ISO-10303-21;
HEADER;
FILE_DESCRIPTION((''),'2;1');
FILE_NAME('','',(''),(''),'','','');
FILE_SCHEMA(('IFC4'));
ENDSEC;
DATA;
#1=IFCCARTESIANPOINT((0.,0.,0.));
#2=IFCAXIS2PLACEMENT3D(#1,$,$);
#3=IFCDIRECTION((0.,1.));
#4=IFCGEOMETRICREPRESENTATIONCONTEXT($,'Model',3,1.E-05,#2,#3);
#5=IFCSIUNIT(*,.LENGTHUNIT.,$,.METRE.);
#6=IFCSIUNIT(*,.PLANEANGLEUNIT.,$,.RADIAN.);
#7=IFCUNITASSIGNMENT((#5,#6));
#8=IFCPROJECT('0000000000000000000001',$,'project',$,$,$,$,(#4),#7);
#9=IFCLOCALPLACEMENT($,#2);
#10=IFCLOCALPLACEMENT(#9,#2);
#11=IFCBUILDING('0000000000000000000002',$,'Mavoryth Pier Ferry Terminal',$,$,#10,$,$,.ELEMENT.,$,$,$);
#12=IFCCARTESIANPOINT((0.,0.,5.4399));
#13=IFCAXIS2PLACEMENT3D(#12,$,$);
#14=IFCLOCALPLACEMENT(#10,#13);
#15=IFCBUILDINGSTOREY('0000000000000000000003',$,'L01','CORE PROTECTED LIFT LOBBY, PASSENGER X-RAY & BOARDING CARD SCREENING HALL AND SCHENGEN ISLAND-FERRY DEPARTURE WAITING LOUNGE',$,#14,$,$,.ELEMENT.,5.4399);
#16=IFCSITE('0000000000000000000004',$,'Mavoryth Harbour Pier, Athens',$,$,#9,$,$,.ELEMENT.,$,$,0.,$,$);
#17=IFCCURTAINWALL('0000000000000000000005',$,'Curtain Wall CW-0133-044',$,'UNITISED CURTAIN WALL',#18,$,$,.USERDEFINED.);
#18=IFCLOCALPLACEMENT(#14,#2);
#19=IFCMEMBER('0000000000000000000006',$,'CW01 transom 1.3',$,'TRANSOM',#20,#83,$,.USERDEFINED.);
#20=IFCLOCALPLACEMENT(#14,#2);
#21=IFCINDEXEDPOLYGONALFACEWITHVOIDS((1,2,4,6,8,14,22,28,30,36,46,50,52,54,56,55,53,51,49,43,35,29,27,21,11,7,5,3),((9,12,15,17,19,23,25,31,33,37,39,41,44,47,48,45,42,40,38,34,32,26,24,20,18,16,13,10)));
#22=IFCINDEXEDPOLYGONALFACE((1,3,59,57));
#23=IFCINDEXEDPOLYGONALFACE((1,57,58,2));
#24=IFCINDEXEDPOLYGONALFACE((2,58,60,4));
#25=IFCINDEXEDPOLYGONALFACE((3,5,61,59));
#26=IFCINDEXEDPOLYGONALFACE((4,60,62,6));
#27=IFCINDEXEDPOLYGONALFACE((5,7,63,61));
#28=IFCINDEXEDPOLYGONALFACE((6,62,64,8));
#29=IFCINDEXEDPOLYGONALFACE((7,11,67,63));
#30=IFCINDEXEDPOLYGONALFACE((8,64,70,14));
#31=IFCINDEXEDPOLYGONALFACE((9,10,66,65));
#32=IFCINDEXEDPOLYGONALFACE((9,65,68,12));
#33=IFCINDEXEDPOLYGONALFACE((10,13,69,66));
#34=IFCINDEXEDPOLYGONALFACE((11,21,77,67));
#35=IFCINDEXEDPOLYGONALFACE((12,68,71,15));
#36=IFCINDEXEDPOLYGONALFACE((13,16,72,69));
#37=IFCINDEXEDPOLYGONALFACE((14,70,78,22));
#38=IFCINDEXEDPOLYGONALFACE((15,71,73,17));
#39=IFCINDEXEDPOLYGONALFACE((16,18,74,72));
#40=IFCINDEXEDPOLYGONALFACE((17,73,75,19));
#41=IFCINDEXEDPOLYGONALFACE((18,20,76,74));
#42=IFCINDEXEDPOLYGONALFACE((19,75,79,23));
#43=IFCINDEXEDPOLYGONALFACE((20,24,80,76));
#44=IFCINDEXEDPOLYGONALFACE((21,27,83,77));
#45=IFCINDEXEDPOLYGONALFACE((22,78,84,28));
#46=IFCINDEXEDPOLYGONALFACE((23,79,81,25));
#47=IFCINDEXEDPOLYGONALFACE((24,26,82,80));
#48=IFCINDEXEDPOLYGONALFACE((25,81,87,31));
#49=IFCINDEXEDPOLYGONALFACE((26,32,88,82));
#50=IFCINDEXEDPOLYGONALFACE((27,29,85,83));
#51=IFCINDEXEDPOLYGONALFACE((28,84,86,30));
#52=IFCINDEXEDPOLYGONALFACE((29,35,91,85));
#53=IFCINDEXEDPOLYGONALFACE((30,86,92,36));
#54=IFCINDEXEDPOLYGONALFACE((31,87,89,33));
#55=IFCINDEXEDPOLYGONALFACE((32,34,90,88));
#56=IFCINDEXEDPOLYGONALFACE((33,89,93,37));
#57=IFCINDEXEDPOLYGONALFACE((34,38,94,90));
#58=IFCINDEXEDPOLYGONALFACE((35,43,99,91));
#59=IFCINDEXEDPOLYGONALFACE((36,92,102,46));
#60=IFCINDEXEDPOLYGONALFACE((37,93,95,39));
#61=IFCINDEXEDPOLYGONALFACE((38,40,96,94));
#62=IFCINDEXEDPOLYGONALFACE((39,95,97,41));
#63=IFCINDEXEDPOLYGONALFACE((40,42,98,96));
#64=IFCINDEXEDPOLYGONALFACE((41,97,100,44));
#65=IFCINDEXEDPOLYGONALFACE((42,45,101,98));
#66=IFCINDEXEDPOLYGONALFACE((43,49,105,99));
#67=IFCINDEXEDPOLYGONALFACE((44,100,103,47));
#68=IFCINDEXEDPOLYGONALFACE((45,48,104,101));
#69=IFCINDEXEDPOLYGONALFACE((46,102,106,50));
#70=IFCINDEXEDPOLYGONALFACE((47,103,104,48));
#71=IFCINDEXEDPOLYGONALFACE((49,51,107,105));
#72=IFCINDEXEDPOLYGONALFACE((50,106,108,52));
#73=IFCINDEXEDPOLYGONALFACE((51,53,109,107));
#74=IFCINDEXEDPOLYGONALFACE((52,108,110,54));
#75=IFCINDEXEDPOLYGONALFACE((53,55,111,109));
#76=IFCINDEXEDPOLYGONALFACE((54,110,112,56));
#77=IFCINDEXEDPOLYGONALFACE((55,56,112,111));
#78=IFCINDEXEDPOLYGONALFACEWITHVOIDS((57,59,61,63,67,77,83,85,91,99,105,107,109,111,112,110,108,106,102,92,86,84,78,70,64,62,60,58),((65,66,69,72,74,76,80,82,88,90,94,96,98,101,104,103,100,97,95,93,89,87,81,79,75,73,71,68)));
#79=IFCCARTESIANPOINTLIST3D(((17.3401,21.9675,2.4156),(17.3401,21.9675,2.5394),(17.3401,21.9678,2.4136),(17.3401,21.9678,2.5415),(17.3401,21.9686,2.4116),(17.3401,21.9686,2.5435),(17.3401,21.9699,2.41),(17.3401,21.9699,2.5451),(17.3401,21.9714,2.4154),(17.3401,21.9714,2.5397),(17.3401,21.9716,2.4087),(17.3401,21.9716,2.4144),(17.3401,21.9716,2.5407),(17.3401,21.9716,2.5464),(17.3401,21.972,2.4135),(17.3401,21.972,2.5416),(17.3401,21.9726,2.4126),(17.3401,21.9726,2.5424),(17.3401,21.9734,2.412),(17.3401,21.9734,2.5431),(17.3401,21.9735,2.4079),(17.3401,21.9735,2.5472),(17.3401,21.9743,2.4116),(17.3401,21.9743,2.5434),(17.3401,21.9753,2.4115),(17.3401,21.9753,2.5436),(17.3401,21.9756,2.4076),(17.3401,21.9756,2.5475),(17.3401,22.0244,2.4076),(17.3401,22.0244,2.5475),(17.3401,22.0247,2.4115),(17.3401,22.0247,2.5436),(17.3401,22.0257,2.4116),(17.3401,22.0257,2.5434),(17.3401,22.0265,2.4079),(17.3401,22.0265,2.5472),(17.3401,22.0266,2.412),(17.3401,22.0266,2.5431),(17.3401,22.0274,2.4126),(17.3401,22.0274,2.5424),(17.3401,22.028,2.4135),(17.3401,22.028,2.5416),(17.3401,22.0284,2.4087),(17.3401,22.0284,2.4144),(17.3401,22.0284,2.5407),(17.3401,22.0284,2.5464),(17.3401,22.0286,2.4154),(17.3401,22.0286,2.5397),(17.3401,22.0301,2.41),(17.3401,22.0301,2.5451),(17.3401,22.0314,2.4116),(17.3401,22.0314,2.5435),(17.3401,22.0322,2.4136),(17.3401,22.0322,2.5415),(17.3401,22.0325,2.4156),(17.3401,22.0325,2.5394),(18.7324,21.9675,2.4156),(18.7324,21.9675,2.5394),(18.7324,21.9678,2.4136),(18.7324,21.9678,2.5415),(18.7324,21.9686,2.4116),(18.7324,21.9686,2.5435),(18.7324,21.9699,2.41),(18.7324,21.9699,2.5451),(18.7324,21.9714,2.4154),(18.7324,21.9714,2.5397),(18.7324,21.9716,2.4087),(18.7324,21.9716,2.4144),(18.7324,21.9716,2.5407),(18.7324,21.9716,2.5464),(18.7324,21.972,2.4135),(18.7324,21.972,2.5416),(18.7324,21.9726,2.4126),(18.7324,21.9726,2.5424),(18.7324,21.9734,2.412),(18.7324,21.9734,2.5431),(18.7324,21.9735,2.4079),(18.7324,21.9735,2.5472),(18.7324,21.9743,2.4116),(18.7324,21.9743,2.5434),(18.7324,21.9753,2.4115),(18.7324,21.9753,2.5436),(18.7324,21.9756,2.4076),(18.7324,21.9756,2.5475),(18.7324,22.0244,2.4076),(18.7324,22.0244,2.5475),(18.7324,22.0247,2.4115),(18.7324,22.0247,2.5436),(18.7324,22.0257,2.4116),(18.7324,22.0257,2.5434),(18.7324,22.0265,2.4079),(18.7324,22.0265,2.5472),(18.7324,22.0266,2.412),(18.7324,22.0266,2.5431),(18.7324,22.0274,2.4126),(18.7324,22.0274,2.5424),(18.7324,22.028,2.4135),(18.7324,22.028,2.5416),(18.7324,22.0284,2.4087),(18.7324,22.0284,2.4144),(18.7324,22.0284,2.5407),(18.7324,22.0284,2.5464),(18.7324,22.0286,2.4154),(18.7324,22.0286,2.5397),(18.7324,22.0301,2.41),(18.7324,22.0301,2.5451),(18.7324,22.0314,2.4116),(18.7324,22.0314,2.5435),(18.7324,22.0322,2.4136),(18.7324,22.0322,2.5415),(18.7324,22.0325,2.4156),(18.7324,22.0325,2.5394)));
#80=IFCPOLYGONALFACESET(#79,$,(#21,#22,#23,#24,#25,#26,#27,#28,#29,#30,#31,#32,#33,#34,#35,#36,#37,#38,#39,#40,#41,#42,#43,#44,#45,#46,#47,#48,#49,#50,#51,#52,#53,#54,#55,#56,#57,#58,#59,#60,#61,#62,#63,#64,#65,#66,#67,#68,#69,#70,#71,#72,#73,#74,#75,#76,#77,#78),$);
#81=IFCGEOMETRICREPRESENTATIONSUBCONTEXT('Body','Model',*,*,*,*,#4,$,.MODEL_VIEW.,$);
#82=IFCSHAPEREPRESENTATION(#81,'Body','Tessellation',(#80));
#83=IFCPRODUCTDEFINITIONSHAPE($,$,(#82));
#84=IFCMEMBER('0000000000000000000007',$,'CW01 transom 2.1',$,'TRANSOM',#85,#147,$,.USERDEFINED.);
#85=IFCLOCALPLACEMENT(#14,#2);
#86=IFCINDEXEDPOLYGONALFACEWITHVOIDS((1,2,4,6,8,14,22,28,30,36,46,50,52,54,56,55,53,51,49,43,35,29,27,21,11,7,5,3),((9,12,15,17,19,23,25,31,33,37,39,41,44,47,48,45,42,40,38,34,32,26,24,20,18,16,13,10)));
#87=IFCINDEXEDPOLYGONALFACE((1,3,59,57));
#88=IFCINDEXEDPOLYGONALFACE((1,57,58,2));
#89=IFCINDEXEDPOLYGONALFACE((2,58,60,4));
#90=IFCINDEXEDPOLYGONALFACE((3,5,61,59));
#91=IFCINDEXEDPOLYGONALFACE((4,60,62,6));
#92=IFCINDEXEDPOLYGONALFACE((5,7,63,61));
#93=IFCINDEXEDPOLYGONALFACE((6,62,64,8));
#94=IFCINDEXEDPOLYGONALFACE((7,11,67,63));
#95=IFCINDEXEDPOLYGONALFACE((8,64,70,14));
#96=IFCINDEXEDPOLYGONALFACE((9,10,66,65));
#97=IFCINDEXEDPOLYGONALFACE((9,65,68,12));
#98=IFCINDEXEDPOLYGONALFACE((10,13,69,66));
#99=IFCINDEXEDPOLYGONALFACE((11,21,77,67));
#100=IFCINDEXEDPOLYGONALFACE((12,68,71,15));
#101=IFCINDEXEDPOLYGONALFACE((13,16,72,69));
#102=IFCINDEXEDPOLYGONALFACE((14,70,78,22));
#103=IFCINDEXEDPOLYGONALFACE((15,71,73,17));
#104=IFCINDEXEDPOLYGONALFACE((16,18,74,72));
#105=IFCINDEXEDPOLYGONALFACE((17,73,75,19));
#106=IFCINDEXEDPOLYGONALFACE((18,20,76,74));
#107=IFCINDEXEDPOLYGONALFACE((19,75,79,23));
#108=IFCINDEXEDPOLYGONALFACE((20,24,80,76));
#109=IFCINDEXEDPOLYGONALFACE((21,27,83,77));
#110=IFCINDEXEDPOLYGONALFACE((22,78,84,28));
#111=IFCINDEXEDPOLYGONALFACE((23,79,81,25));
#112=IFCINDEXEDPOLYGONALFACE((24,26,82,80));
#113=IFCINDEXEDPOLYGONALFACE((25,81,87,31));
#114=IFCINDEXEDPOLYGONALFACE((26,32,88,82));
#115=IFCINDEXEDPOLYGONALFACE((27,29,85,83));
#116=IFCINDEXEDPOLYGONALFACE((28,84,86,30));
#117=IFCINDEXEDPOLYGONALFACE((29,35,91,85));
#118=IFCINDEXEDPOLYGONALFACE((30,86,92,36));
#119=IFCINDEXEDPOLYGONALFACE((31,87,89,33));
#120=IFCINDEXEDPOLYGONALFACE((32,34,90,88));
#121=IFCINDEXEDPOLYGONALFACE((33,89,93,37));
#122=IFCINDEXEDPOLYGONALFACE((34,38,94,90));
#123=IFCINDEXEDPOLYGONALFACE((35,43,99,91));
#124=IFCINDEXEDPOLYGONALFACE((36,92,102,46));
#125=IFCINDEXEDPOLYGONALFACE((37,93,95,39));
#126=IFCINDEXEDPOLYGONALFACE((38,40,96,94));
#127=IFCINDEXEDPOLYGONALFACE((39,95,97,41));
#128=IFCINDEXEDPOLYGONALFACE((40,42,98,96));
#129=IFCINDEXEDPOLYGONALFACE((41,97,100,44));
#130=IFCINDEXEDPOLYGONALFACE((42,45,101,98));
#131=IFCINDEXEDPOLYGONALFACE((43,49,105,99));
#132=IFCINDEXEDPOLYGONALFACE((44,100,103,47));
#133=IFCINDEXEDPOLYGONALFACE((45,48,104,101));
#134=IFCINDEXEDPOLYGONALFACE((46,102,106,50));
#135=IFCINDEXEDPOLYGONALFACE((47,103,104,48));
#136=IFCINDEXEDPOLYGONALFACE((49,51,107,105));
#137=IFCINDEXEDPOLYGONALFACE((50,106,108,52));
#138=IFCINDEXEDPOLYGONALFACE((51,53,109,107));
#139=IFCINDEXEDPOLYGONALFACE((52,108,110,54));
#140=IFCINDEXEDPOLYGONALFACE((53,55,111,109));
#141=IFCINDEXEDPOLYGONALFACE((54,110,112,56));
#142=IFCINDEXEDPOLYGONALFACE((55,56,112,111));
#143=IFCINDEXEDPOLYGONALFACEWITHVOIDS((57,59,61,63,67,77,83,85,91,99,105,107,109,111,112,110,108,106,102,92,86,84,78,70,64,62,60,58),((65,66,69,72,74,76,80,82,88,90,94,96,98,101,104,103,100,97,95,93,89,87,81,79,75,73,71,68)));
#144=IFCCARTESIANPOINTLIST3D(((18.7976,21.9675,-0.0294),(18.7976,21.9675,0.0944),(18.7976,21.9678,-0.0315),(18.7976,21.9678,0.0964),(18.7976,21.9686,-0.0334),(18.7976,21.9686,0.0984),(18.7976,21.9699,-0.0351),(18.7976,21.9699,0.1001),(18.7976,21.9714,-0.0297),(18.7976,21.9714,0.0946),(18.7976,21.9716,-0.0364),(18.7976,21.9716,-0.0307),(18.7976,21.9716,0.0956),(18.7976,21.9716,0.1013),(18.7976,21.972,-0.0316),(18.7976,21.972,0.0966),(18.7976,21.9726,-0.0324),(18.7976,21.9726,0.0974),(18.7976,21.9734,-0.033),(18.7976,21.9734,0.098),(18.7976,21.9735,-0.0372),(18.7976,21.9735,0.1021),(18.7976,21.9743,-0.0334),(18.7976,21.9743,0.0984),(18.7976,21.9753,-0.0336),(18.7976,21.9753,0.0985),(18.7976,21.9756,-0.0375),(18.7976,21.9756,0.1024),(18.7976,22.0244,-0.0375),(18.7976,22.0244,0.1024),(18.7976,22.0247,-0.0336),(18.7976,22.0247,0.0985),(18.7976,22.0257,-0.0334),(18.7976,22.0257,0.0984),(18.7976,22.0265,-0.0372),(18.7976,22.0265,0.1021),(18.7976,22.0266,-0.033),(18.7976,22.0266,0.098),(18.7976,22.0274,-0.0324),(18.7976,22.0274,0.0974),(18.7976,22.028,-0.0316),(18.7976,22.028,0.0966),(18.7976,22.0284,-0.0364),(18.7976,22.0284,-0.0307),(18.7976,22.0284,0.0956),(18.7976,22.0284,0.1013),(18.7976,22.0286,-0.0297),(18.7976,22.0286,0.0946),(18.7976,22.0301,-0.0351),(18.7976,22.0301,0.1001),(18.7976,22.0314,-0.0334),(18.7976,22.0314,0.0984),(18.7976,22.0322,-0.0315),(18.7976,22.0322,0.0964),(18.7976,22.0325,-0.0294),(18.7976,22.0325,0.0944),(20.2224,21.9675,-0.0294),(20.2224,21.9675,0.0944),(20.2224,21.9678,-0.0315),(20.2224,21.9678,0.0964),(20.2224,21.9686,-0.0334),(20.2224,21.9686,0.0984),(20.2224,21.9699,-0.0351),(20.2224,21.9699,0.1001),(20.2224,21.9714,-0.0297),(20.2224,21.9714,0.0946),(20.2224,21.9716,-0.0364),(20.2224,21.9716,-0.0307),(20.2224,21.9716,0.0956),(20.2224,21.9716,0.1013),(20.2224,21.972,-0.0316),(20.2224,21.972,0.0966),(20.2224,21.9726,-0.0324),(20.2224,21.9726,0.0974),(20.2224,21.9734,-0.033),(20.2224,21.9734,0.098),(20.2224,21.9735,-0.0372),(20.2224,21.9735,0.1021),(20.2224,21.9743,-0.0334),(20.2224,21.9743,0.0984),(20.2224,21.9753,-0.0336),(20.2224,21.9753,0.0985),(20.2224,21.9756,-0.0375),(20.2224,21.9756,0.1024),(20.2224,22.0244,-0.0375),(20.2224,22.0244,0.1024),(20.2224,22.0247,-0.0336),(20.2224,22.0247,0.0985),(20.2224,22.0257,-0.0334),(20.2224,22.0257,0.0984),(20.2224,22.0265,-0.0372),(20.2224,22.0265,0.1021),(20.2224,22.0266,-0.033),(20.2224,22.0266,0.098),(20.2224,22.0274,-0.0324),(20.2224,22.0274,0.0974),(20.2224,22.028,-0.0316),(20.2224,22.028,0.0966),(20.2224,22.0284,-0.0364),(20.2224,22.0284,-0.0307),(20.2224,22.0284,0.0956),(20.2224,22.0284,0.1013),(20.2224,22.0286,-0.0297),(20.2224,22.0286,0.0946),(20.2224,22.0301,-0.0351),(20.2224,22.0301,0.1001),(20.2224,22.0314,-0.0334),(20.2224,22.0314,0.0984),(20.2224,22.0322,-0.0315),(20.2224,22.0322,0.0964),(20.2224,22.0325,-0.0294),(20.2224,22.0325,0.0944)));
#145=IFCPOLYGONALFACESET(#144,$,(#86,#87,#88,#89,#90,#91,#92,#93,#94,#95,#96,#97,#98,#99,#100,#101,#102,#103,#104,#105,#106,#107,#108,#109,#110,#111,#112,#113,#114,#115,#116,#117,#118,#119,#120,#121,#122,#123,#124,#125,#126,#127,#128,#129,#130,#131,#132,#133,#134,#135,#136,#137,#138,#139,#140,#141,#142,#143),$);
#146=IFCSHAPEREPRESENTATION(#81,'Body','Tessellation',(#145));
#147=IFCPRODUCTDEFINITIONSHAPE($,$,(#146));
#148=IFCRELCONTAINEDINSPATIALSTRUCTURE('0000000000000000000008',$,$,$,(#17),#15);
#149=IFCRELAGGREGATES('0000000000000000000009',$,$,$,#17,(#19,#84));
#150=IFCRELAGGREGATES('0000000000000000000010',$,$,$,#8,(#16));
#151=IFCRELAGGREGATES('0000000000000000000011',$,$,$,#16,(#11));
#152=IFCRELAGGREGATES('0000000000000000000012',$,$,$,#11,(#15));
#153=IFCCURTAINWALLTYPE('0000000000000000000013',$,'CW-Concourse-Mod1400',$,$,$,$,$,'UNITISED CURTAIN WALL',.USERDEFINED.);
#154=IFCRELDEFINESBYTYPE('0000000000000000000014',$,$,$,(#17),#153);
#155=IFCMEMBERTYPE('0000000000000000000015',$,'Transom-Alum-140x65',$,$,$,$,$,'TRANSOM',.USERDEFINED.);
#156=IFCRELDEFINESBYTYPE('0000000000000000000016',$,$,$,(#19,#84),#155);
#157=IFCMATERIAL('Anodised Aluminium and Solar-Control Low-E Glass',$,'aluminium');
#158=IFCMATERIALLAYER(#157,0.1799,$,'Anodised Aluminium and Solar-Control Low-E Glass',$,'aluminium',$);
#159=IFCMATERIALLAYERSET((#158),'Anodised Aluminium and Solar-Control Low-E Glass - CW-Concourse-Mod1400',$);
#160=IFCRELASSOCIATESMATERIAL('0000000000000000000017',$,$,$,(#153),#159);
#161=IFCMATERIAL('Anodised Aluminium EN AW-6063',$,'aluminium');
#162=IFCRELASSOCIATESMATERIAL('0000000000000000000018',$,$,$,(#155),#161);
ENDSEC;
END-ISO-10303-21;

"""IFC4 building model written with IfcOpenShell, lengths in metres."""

from ifc_helpers import new_model, si_unit, direction, frame, origin, origin_2d, place, context, subcontext, project, spatial, hollow_rectangle, extrude, material, layer, layer_set, material_profile, profile_set, type_object, element, aggregate, save


model = new_model("IFC4")

# Units and contexts
model_context = context("Model", 3, precision=1e-05, world=origin(), true_north=direction((0.0, 1.0)))
body_context = subcontext(model_context, "Body", "Model", "MODEL_VIEW")
ifc_project = project(units=[si_unit("LENGTHUNIT", "METRE"), si_unit("PLANEANGLEUNIT", "RADIAN")], contexts=[model_context])

# Site, building, storey
site_placement = place(None, origin())
site = spatial("IfcSite", under=ifc_project, at=site_placement, Name="Mavoryth Harbour Pier, Athens", CompositionType="ELEMENT", RefElevation=0.0)
building_placement = place(site_placement, origin())
building = spatial("IfcBuilding", under=site, at=building_placement, Name="Mavoryth Pier Ferry Terminal", CompositionType="ELEMENT")
storey_placement = place(building_placement, frame((0.0, 0.0, 5.4399)))
storey = spatial("IfcBuildingStorey", under=building, at=storey_placement, Name="L01", Description="CORE PROTECTED LIFT LOBBY, PASSENGER X-RAY & BOARDING CARD SCREENING HALL AND SCHENGEN ISLAND-FERRY DEPARTURE WAITING LOUNGE", CompositionType="ELEMENT", Elevation=5.4399)

# Curtain wall
ifc_material_1 = material(Name="Anodised Aluminium and Solar-Control Low-E Glass", Category="aluminium")
ifc_layer_1 = layer(ifc_material_1, 0.1799, Name="Anodised Aluminium and Solar-Control Low-E Glass", Category="aluminium")
ifc_layer_set_1 = layer_set([ifc_layer_1], Name="Anodised Aluminium and Solar-Control Low-E Glass - CW-Concourse-Mod1400")
curtain_wall_type = type_object("IfcCurtainWallType", Name="CW-Concourse-Mod1400", ElementType="UNITISED CURTAIN WALL", PredefinedType="USERDEFINED", material=ifc_layer_set_1)
ifc_material_2 = material(Name="Anodised Aluminium EN AW-6063", Category="aluminium")
curtain_wall_1_placement = place(storey_placement, origin())
curtain_wall_1 = element("IfcCurtainWall", 1, at=curtain_wall_1_placement, inside=storey, type_object=curtain_wall_type, Name="Curtain Wall CW-0133-044", ObjectType="UNITISED CURTAIN WALL", PredefinedType="USERDEFINED")

# Members
ifc_material_profile_1 = material_profile(ifc_material_2, hollow_rectangle(XDim=0.0649, YDim=0.1399, WallThickness=0.0039, InnerFilletRadius=0.0039, OuterFilletRadius=0.0081, at=origin_2d()), Name="AL-TRAN 140x65x4", Category="aluminium")
ifc_profile_set_1 = profile_set([ifc_material_profile_1], Name="Anodised Aluminium EN AW-6063 - AL-TRAN 140x65x4")
member_type_1 = type_object("IfcMemberType", Name="Transom-Alum-140x65", ElementType="TRANSOM", PredefinedType="USERDEFINED", material=ifc_profile_set_1)
member_1_placement = place(storey_placement, frame((17.3401, 22.0, 2.4775), z_axis=(1.0, 0.0, 0.0), x_axis=(0.0, 1.0, 0.0)))
member_1 = element("IfcMember", 2, at=member_1_placement, type_object=member_type_1, Name="CW01 transom 1.3", ObjectType="TRANSOM", PredefinedType="USERDEFINED", context=body_context, shape_type="SweptSolid", body=[
    extrude(hollow_rectangle(XDim=0.0649, YDim=0.1399, WallThickness=0.0039, InnerFilletRadius=0.0039, OuterFilletRadius=0.0081, at=origin_2d()), origin(), (0.0, 0.0, 1.0), 1.3923),
])
member_2_placement = place(storey_placement, frame((18.7976, 22.0, 0.0325), z_axis=(1.0, 0.0, 0.0), x_axis=(0.0, 1.0, 0.0)))
member_2 = element("IfcMember", 3, at=member_2_placement, type_object=member_type_1, Name="CW01 transom 2.1", ObjectType="TRANSOM", PredefinedType="USERDEFINED", context=body_context, shape_type="SweptSolid", body=[
    extrude(hollow_rectangle(XDim=0.0649, YDim=0.1399, WallThickness=0.0039, InnerFilletRadius=0.0039, OuterFilletRadius=0.0081, at=origin_2d()), origin(), (0.0, 0.0, 1.0), 1.4248),
])

aggregate(curtain_wall_1, [member_1, member_2])

save(model, "model.ifc")
